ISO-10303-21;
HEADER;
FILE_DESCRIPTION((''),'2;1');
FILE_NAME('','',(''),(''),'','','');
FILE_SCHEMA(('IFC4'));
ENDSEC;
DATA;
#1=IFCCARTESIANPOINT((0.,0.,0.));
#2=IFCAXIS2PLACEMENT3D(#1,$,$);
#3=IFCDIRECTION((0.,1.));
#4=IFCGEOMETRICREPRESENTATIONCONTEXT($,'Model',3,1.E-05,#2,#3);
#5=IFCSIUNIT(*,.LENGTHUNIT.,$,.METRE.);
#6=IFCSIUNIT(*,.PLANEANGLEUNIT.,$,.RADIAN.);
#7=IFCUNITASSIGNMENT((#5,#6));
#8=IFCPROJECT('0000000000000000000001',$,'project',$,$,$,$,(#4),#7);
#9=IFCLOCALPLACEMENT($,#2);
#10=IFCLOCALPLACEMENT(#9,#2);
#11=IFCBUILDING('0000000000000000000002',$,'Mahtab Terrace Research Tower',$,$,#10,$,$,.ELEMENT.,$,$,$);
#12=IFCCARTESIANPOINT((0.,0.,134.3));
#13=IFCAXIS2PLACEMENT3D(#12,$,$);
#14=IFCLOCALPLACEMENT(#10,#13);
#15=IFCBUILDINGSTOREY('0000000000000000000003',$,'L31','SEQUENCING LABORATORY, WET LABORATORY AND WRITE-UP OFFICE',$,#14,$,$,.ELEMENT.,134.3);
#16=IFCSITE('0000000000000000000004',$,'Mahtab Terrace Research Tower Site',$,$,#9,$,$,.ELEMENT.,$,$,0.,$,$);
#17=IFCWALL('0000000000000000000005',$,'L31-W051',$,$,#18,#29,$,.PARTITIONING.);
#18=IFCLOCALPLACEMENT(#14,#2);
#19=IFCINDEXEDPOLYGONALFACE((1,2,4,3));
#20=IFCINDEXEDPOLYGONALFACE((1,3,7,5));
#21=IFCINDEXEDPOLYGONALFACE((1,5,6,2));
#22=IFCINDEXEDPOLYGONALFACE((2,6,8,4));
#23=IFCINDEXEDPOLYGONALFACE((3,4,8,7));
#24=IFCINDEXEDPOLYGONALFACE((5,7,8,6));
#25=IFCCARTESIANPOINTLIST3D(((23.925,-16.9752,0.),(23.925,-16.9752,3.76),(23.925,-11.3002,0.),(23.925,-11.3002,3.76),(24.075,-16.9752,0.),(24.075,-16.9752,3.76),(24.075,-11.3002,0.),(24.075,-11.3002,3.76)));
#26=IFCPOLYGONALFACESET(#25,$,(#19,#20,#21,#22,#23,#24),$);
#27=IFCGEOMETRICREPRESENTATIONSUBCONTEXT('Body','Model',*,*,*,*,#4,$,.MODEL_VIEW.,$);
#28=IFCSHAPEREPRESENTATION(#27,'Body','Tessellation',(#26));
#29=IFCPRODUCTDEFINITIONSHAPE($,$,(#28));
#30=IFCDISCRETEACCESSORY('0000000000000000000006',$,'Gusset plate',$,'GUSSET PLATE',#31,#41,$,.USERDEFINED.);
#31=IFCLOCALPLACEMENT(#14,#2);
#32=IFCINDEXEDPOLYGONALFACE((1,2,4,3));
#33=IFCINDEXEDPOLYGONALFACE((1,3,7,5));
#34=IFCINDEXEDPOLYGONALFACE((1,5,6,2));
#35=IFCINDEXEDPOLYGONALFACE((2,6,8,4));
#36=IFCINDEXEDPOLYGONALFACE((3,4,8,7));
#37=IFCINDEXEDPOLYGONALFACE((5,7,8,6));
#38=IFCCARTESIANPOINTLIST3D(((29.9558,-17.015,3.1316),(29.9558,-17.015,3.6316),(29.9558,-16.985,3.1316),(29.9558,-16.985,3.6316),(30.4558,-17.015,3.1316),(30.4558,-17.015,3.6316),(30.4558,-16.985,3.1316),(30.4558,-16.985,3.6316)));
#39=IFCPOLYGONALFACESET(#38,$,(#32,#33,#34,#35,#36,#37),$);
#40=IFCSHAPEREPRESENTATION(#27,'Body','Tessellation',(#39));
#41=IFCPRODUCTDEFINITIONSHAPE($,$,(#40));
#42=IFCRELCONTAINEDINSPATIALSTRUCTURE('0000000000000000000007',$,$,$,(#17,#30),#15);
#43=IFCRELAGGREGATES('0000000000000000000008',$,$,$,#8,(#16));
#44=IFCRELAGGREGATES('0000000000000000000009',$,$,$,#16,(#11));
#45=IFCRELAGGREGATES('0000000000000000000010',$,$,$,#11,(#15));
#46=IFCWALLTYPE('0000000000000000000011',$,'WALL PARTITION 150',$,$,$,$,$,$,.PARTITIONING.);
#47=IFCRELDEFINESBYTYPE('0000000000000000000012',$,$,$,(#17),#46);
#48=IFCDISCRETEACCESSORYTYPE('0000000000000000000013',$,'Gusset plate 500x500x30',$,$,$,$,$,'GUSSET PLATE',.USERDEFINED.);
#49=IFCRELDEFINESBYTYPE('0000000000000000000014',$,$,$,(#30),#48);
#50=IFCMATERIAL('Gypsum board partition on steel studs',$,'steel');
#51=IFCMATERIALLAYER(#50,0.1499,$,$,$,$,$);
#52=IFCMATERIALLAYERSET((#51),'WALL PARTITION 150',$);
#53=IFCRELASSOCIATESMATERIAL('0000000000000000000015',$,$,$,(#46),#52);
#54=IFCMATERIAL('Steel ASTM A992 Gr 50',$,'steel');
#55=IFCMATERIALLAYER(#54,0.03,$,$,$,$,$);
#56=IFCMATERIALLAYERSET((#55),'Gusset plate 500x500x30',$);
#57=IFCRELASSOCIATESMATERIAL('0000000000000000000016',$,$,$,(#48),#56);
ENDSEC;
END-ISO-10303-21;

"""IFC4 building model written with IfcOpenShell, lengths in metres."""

from ifc_helpers import new_model, si_unit, direction, frame, frame_2d, origin, origin_2d, place, context, subcontext, project, spatial, rectangle, extrude, material, layer, layer_set, type_object, element, save


model = new_model("IFC4")

# Units and contexts
model_context = context("Model", 3, precision=1e-05, world=origin(), true_north=direction((0.0, 1.0)))
body_context = subcontext(model_context, "Body", "Model", "MODEL_VIEW")
ifc_project = project(units=[si_unit("LENGTHUNIT", "METRE"), si_unit("PLANEANGLEUNIT", "RADIAN")], contexts=[model_context])

# Site, building, storey
site_placement = place(None, origin())
site = spatial("IfcSite", under=ifc_project, at=site_placement, Name="Mahtab Terrace Research Tower Site", CompositionType="ELEMENT", RefElevation=0.0)
building_placement = place(site_placement, origin())
building = spatial("IfcBuilding", under=site, at=building_placement, Name="Mahtab Terrace Research Tower", CompositionType="ELEMENT")
storey_placement = place(building_placement, frame((0.0, 0.0, 134.3)))
storey = spatial("IfcBuildingStorey", under=building, at=storey_placement, Name="L31", Description="SEQUENCING LABORATORY, WET LABORATORY AND WRITE-UP OFFICE", CompositionType="ELEMENT", Elevation=134.3)

# Shared definitions
ifc_material_1 = material(Name="Steel ASTM A992 Gr 50", Category="steel")

# Wall
ifc_material_2 = material(Name="Gypsum board partition on steel studs", Category="steel")
ifc_layer_1 = layer(ifc_material_2, 0.1499)
ifc_layer_set_1 = layer_set([ifc_layer_1], Name="WALL PARTITION 150")
wall_type_1 = type_object("IfcWallType", Name="WALL PARTITION 150", PredefinedType="PARTITIONING", material=ifc_layer_set_1)
wall_1_placement = place(storey_placement, frame((24.0, -16.9751, 0.0), z_axis=(0.0, 0.0, 1.0), x_axis=(0.0, 1.0, 0.0)))
element("IfcWall", 1, at=wall_1_placement, inside=storey, type_object=wall_type_1, Name="L31-W051", PredefinedType="PARTITIONING", context=body_context, shape_type="SweptSolid", body=[
    extrude(rectangle(XDim=5.675, YDim=0.1499, at=frame_2d((2.8374, 0.0))), origin(), (0.0, 0.0, 1.0), 3.76),
])

# Discrete accessory
ifc_layer_2 = layer(ifc_material_1, 0.03)
ifc_layer_set_2 = layer_set([ifc_layer_2], Name="Gusset plate 500x500x30")
discrete_accessory_type = type_object("IfcDiscreteAccessoryType", Name="Gusset plate 500x500x30", ElementType="GUSSET PLATE", PredefinedType="USERDEFINED", material=ifc_layer_set_2)
discrete_accessory_placement = place(storey_placement, frame((30.2058, -17.0, 3.1316), z_axis=(0.0, 0.0, 1.0), x_axis=(1.0, 0.0, 0.0)))
element("IfcDiscreteAccessory", 2, at=discrete_accessory_placement, inside=storey, type_object=discrete_accessory_type, Name="Gusset plate", ObjectType="GUSSET PLATE", PredefinedType="USERDEFINED", context=body_context, shape_type="SweptSolid", body=[
    extrude(rectangle(XDim=0.5, YDim=0.03, at=origin_2d()), origin(), (0.0, 0.0, 1.0), 0.5),
])

save(model, "model.ifc")
